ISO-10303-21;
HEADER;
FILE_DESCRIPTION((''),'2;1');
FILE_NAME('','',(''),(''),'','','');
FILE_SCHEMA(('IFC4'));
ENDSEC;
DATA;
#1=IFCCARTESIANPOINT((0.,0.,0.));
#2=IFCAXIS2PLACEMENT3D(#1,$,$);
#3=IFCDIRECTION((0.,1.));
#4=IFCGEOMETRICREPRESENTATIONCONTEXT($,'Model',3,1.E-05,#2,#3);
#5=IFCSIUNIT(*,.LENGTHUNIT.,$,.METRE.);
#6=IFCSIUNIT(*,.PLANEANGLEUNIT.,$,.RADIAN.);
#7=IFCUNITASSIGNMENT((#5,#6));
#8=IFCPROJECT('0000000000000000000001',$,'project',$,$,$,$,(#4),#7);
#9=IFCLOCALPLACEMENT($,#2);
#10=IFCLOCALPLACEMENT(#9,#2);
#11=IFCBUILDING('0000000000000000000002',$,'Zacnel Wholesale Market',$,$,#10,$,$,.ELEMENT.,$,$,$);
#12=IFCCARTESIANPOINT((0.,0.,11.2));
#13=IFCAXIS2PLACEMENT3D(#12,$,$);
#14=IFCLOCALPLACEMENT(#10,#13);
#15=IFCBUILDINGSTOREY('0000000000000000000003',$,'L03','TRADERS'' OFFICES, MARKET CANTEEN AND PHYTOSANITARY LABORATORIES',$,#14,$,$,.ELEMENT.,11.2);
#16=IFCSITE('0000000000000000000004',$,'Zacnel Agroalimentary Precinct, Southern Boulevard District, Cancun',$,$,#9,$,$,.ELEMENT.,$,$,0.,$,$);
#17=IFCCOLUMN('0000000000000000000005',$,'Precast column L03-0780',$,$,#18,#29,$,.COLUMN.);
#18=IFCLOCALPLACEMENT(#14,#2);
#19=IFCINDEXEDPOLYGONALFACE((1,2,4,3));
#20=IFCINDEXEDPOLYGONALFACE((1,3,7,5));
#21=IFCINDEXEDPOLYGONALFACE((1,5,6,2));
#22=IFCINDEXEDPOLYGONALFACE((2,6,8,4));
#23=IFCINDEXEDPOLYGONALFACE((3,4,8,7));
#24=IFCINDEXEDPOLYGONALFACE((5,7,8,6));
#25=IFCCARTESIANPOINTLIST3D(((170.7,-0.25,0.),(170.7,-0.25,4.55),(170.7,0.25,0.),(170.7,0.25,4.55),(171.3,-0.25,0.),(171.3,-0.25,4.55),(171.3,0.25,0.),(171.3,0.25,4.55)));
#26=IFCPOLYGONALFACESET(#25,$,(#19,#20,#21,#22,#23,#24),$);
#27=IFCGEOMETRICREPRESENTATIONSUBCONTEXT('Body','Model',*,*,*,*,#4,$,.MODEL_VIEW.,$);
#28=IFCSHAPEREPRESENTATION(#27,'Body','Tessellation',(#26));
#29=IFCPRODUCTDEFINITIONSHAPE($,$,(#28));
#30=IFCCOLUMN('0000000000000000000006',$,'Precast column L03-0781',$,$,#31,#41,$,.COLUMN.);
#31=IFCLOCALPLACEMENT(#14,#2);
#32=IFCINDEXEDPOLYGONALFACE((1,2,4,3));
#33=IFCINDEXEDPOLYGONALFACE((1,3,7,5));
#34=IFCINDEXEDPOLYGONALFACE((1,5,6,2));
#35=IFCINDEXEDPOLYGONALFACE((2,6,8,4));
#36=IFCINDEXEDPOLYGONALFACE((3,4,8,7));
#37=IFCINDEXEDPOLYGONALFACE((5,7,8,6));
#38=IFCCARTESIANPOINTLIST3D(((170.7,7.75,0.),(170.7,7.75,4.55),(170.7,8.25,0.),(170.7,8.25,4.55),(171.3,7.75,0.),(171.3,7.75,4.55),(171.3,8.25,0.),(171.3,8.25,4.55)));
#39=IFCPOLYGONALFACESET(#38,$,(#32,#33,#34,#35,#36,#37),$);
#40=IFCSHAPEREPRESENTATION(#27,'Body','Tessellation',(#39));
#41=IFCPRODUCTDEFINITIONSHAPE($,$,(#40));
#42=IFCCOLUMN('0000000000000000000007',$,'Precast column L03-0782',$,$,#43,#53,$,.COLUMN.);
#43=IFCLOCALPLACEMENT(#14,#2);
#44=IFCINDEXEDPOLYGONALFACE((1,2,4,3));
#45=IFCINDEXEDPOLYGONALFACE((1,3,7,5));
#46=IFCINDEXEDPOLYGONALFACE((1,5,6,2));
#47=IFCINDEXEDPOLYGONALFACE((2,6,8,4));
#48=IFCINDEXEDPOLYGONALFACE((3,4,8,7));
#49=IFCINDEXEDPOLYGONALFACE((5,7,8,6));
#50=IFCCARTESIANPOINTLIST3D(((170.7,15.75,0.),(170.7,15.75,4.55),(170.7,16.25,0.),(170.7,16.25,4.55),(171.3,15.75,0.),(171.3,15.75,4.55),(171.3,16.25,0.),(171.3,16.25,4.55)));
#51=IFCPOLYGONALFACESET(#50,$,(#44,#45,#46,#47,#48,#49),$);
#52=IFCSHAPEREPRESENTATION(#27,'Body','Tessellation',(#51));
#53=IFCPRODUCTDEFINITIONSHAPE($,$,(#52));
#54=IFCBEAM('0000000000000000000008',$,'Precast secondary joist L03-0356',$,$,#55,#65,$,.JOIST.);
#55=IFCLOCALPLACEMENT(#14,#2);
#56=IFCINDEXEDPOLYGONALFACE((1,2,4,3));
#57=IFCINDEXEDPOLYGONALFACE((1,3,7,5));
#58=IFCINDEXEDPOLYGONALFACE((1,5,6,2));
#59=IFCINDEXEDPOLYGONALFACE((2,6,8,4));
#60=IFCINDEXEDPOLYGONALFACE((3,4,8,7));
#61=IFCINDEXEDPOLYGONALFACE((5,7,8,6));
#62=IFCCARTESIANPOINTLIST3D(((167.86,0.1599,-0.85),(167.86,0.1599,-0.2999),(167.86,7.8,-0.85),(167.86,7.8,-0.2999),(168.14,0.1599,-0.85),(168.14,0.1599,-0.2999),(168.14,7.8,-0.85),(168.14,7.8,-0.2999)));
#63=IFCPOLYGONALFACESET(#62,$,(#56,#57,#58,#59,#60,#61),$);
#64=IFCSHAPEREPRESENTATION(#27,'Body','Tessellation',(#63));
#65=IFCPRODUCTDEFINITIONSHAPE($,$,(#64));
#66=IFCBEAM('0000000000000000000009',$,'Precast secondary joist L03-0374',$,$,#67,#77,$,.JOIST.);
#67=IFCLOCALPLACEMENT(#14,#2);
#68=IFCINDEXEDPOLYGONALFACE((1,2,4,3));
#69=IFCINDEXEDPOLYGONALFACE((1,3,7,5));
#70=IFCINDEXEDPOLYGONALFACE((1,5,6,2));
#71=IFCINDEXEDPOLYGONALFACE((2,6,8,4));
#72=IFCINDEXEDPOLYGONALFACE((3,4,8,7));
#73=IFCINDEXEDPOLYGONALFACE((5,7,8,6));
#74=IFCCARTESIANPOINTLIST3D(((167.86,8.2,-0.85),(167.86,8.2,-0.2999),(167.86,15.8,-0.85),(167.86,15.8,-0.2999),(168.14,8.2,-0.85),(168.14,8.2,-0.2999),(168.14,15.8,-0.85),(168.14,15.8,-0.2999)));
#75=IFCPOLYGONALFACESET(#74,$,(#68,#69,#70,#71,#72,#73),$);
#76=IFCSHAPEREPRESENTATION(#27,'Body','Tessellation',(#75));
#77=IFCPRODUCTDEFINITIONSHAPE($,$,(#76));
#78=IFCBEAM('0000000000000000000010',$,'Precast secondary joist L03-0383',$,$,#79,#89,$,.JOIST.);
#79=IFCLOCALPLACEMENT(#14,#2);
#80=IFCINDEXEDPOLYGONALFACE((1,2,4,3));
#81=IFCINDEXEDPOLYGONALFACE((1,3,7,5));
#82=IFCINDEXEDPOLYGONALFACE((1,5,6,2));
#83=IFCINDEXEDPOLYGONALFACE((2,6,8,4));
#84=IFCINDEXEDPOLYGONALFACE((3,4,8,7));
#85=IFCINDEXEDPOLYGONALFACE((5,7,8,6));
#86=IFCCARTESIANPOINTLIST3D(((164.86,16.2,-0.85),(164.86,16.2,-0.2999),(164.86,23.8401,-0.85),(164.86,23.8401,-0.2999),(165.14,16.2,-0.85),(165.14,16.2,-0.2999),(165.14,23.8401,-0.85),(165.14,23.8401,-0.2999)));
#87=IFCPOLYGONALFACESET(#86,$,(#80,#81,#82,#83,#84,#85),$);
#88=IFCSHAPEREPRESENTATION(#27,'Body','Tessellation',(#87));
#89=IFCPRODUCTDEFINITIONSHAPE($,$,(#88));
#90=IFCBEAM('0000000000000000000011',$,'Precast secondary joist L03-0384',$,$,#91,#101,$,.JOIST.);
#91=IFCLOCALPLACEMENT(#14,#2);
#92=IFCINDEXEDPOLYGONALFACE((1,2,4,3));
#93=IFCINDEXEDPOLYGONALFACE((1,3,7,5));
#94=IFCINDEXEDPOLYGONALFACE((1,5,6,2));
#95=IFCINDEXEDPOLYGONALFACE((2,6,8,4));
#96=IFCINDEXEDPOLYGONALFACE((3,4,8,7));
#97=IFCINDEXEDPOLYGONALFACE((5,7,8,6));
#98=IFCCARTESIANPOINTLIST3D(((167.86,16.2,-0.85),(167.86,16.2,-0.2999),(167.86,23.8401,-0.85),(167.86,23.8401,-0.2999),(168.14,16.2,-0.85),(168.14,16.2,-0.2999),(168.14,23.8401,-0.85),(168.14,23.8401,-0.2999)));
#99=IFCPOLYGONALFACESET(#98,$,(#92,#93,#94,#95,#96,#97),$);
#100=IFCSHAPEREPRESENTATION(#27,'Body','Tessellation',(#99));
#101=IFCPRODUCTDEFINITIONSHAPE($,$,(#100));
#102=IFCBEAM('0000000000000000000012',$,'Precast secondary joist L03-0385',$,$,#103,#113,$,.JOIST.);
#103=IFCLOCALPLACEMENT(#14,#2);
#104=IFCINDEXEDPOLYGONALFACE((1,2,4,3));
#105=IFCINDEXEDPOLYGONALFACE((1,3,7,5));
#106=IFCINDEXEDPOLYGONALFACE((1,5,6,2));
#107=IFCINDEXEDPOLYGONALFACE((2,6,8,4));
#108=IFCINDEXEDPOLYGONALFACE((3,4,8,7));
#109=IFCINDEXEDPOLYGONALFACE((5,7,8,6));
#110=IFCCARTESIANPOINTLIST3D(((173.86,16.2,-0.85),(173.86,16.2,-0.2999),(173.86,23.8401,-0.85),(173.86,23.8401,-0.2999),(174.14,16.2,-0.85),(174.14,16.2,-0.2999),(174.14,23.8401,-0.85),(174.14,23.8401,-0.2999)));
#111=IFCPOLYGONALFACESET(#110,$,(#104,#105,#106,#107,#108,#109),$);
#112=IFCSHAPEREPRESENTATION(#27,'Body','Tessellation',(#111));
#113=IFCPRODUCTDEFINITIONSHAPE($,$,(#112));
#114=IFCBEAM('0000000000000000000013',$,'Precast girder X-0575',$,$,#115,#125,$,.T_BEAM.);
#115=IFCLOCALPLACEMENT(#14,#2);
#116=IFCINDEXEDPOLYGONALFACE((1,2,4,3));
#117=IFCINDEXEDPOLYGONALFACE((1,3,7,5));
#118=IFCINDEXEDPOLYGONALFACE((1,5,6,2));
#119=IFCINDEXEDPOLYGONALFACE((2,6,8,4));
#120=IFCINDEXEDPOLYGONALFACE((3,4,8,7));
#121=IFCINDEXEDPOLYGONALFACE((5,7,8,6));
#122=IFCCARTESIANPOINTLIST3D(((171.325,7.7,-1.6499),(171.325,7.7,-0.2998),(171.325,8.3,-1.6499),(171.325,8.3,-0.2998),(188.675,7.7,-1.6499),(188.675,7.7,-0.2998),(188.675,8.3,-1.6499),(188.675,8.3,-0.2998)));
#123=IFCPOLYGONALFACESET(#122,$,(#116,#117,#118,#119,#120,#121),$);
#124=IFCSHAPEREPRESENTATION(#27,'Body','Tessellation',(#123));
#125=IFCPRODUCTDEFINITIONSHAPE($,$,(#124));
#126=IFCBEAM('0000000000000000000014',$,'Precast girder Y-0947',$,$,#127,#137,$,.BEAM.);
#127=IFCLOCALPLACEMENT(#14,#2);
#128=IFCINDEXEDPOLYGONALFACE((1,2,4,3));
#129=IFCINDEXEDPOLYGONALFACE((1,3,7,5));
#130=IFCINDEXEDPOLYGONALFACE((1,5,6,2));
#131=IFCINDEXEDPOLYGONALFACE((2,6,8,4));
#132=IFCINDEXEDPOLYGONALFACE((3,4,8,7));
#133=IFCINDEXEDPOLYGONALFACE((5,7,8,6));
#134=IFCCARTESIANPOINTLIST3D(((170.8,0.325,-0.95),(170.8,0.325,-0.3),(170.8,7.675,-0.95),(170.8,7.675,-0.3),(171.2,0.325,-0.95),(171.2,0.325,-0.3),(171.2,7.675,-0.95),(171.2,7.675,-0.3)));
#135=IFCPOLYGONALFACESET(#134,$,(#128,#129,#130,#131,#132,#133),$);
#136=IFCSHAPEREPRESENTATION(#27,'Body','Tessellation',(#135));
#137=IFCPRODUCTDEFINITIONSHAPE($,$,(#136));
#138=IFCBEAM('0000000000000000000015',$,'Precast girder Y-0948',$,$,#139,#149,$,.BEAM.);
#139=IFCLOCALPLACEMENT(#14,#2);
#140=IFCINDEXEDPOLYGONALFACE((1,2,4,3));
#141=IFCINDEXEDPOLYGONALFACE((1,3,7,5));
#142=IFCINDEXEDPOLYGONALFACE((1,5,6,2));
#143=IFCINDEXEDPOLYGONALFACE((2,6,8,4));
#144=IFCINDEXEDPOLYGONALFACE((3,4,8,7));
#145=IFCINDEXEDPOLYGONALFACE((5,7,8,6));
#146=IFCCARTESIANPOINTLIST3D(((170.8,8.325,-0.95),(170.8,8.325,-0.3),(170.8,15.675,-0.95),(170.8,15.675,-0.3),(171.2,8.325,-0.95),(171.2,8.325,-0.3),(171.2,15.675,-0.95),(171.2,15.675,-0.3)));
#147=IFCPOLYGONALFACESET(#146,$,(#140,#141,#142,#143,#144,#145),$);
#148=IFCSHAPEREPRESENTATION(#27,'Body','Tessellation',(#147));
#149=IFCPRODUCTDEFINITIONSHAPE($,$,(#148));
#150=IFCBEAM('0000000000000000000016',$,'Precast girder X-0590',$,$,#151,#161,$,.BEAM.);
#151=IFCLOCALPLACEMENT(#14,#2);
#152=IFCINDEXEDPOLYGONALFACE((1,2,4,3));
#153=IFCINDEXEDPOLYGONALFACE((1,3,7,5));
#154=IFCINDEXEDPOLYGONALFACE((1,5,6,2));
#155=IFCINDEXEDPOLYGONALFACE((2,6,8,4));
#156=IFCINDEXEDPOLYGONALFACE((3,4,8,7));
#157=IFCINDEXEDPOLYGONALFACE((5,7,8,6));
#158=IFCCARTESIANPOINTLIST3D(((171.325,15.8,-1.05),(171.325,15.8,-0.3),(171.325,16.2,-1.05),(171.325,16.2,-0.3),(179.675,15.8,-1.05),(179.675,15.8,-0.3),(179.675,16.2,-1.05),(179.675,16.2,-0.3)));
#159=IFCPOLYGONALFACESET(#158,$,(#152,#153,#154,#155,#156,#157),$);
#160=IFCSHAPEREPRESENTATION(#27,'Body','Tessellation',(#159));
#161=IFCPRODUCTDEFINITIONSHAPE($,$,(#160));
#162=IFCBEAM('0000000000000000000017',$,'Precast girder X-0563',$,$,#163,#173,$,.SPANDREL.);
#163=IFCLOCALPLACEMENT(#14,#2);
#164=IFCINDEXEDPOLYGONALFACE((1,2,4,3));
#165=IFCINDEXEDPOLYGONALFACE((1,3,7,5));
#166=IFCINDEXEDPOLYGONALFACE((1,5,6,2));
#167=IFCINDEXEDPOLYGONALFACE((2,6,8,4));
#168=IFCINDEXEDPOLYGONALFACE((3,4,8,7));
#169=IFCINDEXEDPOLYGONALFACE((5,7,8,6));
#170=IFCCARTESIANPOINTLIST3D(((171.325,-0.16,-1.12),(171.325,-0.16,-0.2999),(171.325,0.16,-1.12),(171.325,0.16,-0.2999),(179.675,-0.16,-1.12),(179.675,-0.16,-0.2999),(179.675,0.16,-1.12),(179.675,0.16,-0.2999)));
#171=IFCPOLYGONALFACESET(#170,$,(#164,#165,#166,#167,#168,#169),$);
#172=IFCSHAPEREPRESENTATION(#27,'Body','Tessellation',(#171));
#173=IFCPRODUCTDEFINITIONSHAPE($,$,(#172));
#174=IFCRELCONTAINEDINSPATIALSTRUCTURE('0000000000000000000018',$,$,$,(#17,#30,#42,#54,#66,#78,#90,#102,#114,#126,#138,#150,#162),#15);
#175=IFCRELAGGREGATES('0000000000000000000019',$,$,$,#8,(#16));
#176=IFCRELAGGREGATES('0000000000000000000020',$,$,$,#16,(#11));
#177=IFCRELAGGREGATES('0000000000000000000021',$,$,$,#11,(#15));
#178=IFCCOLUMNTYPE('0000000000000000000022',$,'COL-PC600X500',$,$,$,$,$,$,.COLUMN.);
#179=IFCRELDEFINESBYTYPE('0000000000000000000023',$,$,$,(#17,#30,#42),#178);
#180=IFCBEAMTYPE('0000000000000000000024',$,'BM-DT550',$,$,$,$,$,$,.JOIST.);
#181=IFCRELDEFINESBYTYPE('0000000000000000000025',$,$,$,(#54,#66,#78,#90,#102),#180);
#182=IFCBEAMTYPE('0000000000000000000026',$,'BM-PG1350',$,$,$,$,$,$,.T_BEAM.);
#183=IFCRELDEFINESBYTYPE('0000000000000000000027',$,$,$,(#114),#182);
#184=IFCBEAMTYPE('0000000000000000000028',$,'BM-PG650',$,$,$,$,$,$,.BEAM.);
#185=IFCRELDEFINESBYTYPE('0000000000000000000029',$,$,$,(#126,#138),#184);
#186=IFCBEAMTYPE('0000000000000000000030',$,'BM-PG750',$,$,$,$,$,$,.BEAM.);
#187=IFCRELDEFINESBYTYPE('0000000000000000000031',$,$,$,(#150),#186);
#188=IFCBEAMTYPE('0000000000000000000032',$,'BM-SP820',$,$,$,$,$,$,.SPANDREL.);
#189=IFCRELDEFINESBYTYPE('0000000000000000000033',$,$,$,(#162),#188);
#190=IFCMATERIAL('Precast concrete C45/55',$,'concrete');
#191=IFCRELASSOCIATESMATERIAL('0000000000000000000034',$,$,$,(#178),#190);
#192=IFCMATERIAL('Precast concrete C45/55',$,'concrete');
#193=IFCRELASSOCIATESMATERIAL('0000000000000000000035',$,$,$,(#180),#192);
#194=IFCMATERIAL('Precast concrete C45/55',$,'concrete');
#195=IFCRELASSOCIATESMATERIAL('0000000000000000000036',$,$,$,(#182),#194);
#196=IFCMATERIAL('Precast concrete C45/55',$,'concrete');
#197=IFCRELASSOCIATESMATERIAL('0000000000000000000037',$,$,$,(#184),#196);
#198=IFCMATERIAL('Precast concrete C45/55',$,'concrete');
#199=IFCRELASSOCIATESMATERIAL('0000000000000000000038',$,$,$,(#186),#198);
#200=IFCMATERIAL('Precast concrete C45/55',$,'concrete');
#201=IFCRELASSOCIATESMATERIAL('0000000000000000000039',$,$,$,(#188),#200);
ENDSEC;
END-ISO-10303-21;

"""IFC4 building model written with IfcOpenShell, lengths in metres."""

from ifc_helpers import new_model, si_unit, direction, frame, origin, origin_2d, place, context, subcontext, project, spatial, rectangle, extrude, material, material_profile, profile_set, type_object, element, save


model = new_model("IFC4")

# Units and contexts
model_context = context("Model", 3, precision=1e-05, world=origin(), true_north=direction((0.0, 1.0)))
body_context = subcontext(model_context, "Body", "Model", "MODEL_VIEW")
ifc_project = project(units=[si_unit("LENGTHUNIT", "METRE"), si_unit("PLANEANGLEUNIT", "RADIAN")], contexts=[model_context])

# Site, building, storey
site_placement = place(None, origin())
site = spatial("IfcSite", under=ifc_project, at=site_placement, Name="Zacnel Agroalimentary Precinct, Southern Boulevard District, Cancun", CompositionType="ELEMENT", RefElevation=0.0)
building_placement = place(site_placement, origin())
building = spatial("IfcBuilding", under=site, at=building_placement, Name="Zacnel Wholesale Market", CompositionType="ELEMENT")
storey_placement = place(building_placement, frame((0.0, 0.0, 11.2)))
storey = spatial("IfcBuildingStorey", under=building, at=storey_placement, Name="L03", Description="TRADERS' OFFICES, MARKET CANTEEN AND PHYTOSANITARY LABORATORIES", CompositionType="ELEMENT", Elevation=11.2)

# Columns
ifc_material_1 = material(Name="Precast concrete C45/55", Category="concrete")
ifc_material_profile_1 = material_profile(ifc_material_1, rectangle(XDim=0.6001, YDim=0.5, at=origin_2d()), Name="PC 600x500")
ifc_profile_set_1 = profile_set([ifc_material_profile_1], Name="Precast concrete C45/55")
column_type = type_object("IfcColumnType", Name="COL-PC600X500", PredefinedType="COLUMN", material=ifc_profile_set_1)
for number, where, z_axis, x_axis, name in (
    (1, (171.0, 0.0, 0.0), (0.0, 0.0, 1.0), (1.0, 0.0, 0.0), "Precast column L03-0780"),
    (2, (171.0, 8.0, 0.0), (0.0, 0.0, 1.0), (1.0, 0.0, 0.0), "Precast column L03-0781"),
    (3, (171.0, 16.0, 0.0), (0.0, 0.0, 1.0), (1.0, 0.0, 0.0), "Precast column L03-0782"),
):
    element("IfcColumn", number, at=place(storey_placement, frame(where, z_axis=z_axis, x_axis=x_axis)), inside=storey, type_object=column_type, Name=name, PredefinedType="COLUMN", context=body_context, shape_type="SweptSolid", body=[
        extrude(rectangle(XDim=0.6001, YDim=0.5, at=origin_2d()), origin(), (0.0, 0.0, 1.0), 4.55),
    ])

# Beams
ifc_material_2 = material(Name="Precast concrete C45/55", Category="concrete")
ifc_material_profile_2 = material_profile(ifc_material_2, rectangle(XDim=0.28, YDim=0.55, at=origin_2d()), Name="DT RIB 280x550")
ifc_profile_set_2 = profile_set([ifc_material_profile_2], Name="Precast concrete C45/55")
beam_type_1 = type_object("IfcBeamType", Name="BM-DT550", PredefinedType="JOIST", material=ifc_profile_set_2)
beam_1_placement = place(storey_placement, frame((168.0, 0.1599, -0.575), z_axis=(0.0, 1.0, 0.0), x_axis=(-1.0, 0.0, 0.0)))
element("IfcBeam", 4, at=beam_1_placement, inside=storey, type_object=beam_type_1, Name="Precast secondary joist L03-0356", PredefinedType="JOIST", context=body_context, shape_type="SweptSolid", body=[
    extrude(rectangle(XDim=0.28, YDim=0.55, at=origin_2d()), origin(), (0.0, 0.0, 1.0), 7.6401),
])
beam_2_placement = place(storey_placement, frame((168.0, 8.2, -0.575), z_axis=(0.0, 1.0, 0.0), x_axis=(-1.0, 0.0, 0.0)))
element("IfcBeam", 5, at=beam_2_placement, inside=storey, type_object=beam_type_1, Name="Precast secondary joist L03-0374", PredefinedType="JOIST", context=body_context, shape_type="SweptSolid", body=[
    extrude(rectangle(XDim=0.28, YDim=0.55, at=origin_2d()), origin(), (0.0, 0.0, 1.0), 7.6001),
])
for number, where, z_axis, x_axis, name in (
    (6, (165.0, 16.2, -0.575), (0.0, 1.0, 0.0), (-1.0, 0.0, 0.0), "Precast secondary joist L03-0383"),
    (7, (168.0, 16.2, -0.575), (0.0, 1.0, 0.0), (-1.0, 0.0, 0.0), "Precast secondary joist L03-0384"),
    (8, (174.0, 16.2, -0.575), (0.0, 1.0, 0.0), (-1.0, 0.0, 0.0), "Precast secondary joist L03-0385"),
):
    element("IfcBeam", number, at=place(storey_placement, frame(where, z_axis=z_axis, x_axis=x_axis)), inside=storey, type_object=beam_type_1, Name=name, PredefinedType="JOIST", context=body_context, shape_type="SweptSolid", body=[
        extrude(rectangle(XDim=0.28, YDim=0.55, at=origin_2d()), origin(), (0.0, 0.0, 1.0), 7.6401),
    ])
ifc_material_3 = material(Name="Precast concrete C45/55", Category="concrete")
ifc_material_profile_3 = material_profile(ifc_material_3, rectangle(XDim=0.6001, YDim=1.3501, at=origin_2d()), Name="PG 600x1350")
ifc_profile_set_3 = profile_set([ifc_material_profile_3], Name="Precast concrete C45/55")
beam_type_2 = type_object("IfcBeamType", Name="BM-PG1350", PredefinedType="T_BEAM", material=ifc_profile_set_3)
beam_3_placement = place(storey_placement, frame((171.325, 8.0, -0.9749), z_axis=(1.0, 0.0, 0.0), x_axis=(0.0, 1.0, 0.0)))
element("IfcBeam", 9, at=beam_3_placement, inside=storey, type_object=beam_type_2, Name="Precast girder X-0575", PredefinedType="T_BEAM", context=body_context, shape_type="SweptSolid", body=[
    extrude(rectangle(XDim=0.6001, YDim=1.3501, at=origin_2d()), origin(), (0.0, 0.0, 1.0), 17.3501),
])
ifc_material_4 = material(Name="Precast concrete C45/55", Category="concrete")
ifc_material_profile_4 = material_profile(ifc_material_4, rectangle(XDim=0.3999, YDim=0.6499, at=origin_2d()), Name="PG 400x650")
ifc_profile_set_4 = profile_set([ifc_material_profile_4], Name="Precast concrete C45/55")
beam_type_3 = type_object("IfcBeamType", Name="BM-PG650", PredefinedType="BEAM", material=ifc_profile_set_4)
for number, where, z_axis, x_axis, name in (
    (10, (171.0, 0.325, -0.625), (0.0, 1.0, 0.0), (-1.0, 0.0, 0.0), "Precast girder Y-0947"),
    (11, (171.0, 8.325, -0.625), (0.0, 1.0, 0.0), (-1.0, 0.0, 0.0), "Precast girder Y-0948"),
):
    element("IfcBeam", number, at=place(storey_placement, frame(where, z_axis=z_axis, x_axis=x_axis)), inside=storey, type_object=beam_type_3, Name=name, PredefinedType="BEAM", context=body_context, shape_type="SweptSolid", body=[
        extrude(rectangle(XDim=0.3999, YDim=0.6499, at=origin_2d()), origin(), (0.0, 0.0, 1.0), 7.3501),
    ])
ifc_material_5 = material(Name="Precast concrete C45/55", Category="concrete")
ifc_material_profile_5 = material_profile(ifc_material_5, rectangle(XDim=0.3999, YDim=0.75, at=origin_2d()), Name="PG 400x750")
ifc_profile_set_5 = profile_set([ifc_material_profile_5], Name="Precast concrete C45/55")
beam_type_4 = type_object("IfcBeamType", Name="BM-PG750", PredefinedType="BEAM", material=ifc_profile_set_5)
beam_4_placement = place(storey_placement, frame((171.325, 16.0, -0.675), z_axis=(1.0, 0.0, 0.0), x_axis=(0.0, 1.0, 0.0)))
element("IfcBeam", 12, at=beam_4_placement, inside=storey, type_object=beam_type_4, Name="Precast girder X-0590", PredefinedType="BEAM", context=body_context, shape_type="SweptSolid", body=[
    extrude(rectangle(XDim=0.3999, YDim=0.75, at=origin_2d()), origin(), (0.0, 0.0, 1.0), 8.3501),
])
ifc_material_6 = material(Name="Precast concrete C45/55", Category="concrete")
ifc_material_profile_6 = material_profile(ifc_material_6, rectangle(XDim=0.3201, YDim=0.8201, at=origin_2d()), Name="SP 320x820")
ifc_profile_set_6 = profile_set([ifc_material_profile_6], Name="Precast concrete C45/55")
beam_type_5 = type_object("IfcBeamType", Name="BM-SP820", PredefinedType="SPANDREL", material=ifc_profile_set_6)
beam_5_placement = place(storey_placement, frame((171.325, 0.0, -0.71), z_axis=(1.0, 0.0, 0.0), x_axis=(0.0, 1.0, 0.0)))
element("IfcBeam", 13, at=beam_5_placement, inside=storey, type_object=beam_type_5, Name="Precast girder X-0563", PredefinedType="SPANDREL", context=body_context, shape_type="SweptSolid", body=[
    extrude(rectangle(XDim=0.3201, YDim=0.8201, at=origin_2d()), origin(), (0.0, 0.0, 1.0), 8.3501),
])

save(model, "model.ifc")
